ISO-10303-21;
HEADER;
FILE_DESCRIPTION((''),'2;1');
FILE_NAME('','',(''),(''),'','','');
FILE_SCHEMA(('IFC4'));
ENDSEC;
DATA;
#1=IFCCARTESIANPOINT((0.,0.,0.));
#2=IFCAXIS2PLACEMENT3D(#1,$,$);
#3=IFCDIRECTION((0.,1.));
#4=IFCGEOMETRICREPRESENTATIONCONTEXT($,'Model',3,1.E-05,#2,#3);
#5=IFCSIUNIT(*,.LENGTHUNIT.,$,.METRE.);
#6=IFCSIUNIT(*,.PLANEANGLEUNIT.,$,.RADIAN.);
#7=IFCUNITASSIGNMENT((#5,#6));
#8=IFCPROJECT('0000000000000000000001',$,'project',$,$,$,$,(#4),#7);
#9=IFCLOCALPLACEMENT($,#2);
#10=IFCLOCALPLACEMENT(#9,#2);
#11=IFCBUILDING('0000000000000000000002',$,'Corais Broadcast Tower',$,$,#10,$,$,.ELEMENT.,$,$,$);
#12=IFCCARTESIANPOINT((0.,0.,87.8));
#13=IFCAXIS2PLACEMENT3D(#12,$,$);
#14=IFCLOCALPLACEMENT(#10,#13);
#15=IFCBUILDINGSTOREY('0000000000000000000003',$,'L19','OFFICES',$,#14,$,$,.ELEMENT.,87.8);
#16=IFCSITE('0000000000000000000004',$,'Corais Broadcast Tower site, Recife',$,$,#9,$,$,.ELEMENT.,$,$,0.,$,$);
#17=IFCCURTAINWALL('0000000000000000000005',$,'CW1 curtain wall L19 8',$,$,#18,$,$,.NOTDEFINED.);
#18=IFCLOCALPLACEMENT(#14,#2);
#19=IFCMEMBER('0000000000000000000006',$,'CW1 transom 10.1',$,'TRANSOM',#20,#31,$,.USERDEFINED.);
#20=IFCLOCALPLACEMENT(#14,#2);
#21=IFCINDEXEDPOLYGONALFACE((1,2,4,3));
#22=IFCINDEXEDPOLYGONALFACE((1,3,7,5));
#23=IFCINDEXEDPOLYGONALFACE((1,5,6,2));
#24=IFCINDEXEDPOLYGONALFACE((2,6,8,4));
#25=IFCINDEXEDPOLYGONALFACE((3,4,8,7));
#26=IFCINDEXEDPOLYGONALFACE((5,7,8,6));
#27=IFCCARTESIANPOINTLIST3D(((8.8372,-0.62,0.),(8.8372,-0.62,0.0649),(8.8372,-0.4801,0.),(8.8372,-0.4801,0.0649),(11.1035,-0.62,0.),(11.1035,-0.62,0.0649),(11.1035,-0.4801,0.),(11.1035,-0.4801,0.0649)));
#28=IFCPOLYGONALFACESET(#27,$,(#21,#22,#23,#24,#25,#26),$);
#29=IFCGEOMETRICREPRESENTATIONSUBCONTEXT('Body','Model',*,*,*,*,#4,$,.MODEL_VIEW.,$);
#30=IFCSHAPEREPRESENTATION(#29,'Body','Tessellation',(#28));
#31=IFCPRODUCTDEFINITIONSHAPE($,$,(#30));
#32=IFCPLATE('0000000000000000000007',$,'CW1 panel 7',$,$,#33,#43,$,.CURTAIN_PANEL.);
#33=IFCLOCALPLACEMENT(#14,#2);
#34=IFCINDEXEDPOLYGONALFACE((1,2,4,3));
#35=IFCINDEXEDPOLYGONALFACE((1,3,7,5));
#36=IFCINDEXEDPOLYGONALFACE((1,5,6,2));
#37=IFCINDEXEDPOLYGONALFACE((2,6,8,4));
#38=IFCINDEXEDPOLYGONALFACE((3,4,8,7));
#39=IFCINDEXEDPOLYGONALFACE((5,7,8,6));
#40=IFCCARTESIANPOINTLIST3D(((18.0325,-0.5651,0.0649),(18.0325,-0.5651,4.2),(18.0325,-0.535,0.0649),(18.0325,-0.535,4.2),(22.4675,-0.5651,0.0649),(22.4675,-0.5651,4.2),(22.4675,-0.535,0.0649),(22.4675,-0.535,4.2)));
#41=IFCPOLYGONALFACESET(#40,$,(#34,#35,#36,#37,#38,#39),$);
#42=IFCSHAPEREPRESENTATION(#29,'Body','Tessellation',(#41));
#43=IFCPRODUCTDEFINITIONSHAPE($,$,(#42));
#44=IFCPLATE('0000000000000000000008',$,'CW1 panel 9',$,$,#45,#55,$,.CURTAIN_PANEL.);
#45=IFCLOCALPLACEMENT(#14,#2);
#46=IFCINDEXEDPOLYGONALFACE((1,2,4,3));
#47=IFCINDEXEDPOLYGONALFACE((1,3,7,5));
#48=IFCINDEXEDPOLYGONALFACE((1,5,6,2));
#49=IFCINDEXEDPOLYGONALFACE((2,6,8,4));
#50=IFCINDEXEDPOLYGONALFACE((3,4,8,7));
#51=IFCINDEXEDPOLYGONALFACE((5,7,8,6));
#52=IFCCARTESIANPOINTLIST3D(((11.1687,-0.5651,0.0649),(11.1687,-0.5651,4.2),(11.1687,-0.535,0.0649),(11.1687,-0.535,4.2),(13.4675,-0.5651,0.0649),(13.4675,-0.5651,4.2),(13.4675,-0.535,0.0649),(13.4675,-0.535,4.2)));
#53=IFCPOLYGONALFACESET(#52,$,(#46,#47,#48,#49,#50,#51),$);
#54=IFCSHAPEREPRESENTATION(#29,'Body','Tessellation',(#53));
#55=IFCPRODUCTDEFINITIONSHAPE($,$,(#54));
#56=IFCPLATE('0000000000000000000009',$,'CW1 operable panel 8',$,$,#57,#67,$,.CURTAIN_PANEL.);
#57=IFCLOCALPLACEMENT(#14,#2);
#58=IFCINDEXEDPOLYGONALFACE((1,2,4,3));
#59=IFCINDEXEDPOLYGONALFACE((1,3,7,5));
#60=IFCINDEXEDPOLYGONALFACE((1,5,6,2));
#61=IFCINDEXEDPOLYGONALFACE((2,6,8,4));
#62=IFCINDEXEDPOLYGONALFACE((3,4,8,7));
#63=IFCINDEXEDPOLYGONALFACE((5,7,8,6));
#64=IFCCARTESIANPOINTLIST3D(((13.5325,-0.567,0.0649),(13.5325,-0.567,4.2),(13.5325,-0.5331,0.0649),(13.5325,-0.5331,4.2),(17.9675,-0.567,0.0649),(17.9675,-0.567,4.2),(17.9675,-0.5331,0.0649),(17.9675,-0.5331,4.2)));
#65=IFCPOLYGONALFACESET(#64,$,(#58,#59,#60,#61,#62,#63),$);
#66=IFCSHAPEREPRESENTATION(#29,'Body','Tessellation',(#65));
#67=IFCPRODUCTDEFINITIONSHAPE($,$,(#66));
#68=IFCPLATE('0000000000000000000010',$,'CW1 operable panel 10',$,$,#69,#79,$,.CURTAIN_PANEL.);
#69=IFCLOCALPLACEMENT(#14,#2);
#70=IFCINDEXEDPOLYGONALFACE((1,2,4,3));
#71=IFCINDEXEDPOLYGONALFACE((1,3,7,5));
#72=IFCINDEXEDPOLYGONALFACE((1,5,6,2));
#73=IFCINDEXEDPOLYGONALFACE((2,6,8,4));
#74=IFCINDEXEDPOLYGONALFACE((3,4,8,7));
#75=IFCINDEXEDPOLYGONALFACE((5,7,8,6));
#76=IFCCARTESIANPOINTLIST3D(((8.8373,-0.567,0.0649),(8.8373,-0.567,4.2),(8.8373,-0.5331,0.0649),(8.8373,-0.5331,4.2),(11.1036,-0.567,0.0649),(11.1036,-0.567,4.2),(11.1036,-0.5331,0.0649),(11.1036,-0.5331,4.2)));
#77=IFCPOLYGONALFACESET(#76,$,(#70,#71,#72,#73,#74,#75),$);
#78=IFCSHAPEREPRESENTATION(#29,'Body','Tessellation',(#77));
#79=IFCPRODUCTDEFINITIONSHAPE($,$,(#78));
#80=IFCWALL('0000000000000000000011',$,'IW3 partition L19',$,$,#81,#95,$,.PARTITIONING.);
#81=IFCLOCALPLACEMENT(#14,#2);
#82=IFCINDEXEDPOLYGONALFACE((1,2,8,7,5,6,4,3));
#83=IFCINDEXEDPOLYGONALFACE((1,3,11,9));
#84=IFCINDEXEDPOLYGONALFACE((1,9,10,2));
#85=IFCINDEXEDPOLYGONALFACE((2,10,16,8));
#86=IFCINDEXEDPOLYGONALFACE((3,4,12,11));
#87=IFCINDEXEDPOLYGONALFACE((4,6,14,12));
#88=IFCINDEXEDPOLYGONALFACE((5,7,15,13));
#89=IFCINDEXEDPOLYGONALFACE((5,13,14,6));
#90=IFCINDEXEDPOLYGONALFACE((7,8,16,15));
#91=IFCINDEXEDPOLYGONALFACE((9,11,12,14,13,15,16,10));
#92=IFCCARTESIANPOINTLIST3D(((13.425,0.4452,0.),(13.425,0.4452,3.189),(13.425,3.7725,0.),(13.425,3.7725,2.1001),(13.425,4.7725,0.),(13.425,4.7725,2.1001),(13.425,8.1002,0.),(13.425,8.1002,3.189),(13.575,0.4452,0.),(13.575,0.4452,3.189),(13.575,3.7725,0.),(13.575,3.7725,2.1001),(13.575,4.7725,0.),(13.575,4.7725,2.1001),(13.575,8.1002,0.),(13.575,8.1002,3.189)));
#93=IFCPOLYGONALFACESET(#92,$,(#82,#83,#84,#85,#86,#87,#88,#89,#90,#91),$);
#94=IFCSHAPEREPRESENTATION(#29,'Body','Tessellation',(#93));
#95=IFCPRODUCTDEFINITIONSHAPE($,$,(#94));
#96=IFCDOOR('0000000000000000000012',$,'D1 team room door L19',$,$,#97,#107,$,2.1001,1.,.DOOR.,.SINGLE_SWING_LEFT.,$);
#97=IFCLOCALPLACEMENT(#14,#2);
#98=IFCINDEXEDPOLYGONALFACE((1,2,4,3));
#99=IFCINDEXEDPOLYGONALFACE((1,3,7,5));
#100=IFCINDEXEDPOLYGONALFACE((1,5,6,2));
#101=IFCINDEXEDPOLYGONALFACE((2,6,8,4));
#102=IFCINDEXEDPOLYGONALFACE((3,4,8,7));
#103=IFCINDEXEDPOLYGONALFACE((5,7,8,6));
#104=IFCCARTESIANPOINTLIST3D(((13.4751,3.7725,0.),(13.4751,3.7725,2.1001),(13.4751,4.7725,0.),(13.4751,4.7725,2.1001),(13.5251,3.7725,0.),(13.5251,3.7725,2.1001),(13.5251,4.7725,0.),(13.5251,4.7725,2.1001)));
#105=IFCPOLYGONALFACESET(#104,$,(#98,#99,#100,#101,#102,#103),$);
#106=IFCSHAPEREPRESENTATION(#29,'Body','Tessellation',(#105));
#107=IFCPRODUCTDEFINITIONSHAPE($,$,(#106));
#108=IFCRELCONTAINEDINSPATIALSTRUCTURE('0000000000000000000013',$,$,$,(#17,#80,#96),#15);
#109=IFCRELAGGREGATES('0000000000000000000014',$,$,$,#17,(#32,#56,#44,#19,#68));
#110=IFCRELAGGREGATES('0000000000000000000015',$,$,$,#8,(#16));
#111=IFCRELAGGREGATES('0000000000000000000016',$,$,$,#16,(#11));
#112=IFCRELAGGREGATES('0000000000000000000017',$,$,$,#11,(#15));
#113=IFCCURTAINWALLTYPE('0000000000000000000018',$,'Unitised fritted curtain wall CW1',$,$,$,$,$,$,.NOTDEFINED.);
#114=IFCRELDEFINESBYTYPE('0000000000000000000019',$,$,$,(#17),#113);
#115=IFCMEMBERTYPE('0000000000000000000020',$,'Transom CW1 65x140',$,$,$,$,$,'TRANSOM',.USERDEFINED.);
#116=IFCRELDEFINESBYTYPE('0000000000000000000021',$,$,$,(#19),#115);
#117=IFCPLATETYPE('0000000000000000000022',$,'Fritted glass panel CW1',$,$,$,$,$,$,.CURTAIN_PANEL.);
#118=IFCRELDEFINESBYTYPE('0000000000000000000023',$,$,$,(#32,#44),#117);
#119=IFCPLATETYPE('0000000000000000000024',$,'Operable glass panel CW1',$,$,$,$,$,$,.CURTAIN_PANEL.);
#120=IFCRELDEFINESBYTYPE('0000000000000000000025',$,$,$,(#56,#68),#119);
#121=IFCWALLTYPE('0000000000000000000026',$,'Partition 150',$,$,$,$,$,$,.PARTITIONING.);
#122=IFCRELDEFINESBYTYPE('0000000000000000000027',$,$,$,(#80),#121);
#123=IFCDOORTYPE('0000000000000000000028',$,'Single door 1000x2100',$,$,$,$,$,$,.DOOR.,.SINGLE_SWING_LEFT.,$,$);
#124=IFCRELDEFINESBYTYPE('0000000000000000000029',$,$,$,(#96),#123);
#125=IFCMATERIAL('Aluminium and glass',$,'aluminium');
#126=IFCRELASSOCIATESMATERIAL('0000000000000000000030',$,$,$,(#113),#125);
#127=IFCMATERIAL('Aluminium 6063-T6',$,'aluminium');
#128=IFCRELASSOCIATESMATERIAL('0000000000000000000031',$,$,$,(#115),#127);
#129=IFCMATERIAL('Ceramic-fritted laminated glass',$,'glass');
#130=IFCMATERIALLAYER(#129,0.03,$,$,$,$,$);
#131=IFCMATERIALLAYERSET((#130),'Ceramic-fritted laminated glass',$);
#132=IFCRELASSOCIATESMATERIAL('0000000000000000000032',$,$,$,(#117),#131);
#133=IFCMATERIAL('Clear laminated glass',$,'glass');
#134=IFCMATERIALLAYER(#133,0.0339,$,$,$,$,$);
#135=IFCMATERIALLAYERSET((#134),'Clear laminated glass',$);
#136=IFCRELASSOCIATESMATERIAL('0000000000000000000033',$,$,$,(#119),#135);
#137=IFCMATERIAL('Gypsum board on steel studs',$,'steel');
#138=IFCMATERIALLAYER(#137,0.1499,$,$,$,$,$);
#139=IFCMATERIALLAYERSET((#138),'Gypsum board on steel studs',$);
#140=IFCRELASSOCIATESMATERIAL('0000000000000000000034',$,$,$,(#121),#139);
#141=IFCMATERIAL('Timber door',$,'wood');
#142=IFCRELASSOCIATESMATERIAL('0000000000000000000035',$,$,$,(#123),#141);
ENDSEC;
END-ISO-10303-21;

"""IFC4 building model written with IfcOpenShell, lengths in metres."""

from ifc_helpers import new_model, si_unit, direction, frame, frame_2d, origin, origin_2d, place, context, subcontext, project, spatial, rectangle, extrude, material, layer, layer_set, material_profile, profile_set, type_object, element, fill, aggregate, save


model = new_model("IFC4")

# Units and contexts
model_context = context("Model", 3, precision=1e-05, world=origin(), true_north=direction((0.0, 1.0)))
body_context = subcontext(model_context, "Body", "Model", "MODEL_VIEW")
ifc_project = project(units=[si_unit("LENGTHUNIT", "METRE"), si_unit("PLANEANGLEUNIT", "RADIAN")], contexts=[model_context])

# Site, building, storey
site_placement = place(None, origin())
site = spatial("IfcSite", under=ifc_project, at=site_placement, Name="Corais Broadcast Tower site, Recife", CompositionType="ELEMENT", RefElevation=0.0)
building_placement = place(site_placement, origin())
building = spatial("IfcBuilding", under=site, at=building_placement, Name="Corais Broadcast Tower", CompositionType="ELEMENT")
storey_placement = place(building_placement, frame((0.0, 0.0, 87.8)))
storey = spatial("IfcBuildingStorey", under=building, at=storey_placement, Name="L19", Description="OFFICES", CompositionType="ELEMENT", Elevation=87.8)

# Shared definitions
ifc_material_1 = material(Name="Aluminium and glass", Category="aluminium")
curtain_wall_type = type_object("IfcCurtainWallType", Name="Unitised fritted curtain wall CW1", PredefinedType="NOTDEFINED", material=ifc_material_1)

# Curtain wall
curtain_wall_1_placement = place(storey_placement, origin())
curtain_wall_1 = element("IfcCurtainWall", 1, at=curtain_wall_1_placement, inside=storey, type_object=curtain_wall_type, Name="CW1 curtain wall L19 8", PredefinedType="NOTDEFINED")

# Member
ifc_material_2 = material(Name="Aluminium 6063-T6", Category="aluminium")
ifc_material_profile_1 = material_profile(ifc_material_2, rectangle(XDim=0.1399, YDim=0.0649, at=origin_2d()), Name="Transom CW1 65x140")
ifc_profile_set_1 = profile_set([ifc_material_profile_1], Name="Aluminium 6063-T6")
member_type_1 = type_object("IfcMemberType", Name="Transom CW1 65x140", ElementType="TRANSOM", PredefinedType="USERDEFINED", material=ifc_profile_set_1)
member_1_placement = place(storey_placement, frame((11.1035, -0.55, 0.0325), z_axis=(-1.0, 0.0, 0.0), x_axis=(0.0, -1.0, 0.0)))
member_1 = element("IfcMember", 2, at=member_1_placement, type_object=member_type_1, Name="CW1 transom 10.1", ObjectType="TRANSOM", PredefinedType="USERDEFINED", context=body_context, shape_type="SweptSolid", body=[
    extrude(rectangle(XDim=0.1399, YDim=0.0649, at=origin_2d()), origin(), (0.0, 0.0, 1.0), 2.2664),
])

# Plates
ifc_material_3 = material(Name="Ceramic-fritted laminated glass", Category="glass")
ifc_layer_1 = layer(ifc_material_3, 0.03)
ifc_layer_set_1 = layer_set([ifc_layer_1], Name="Ceramic-fritted laminated glass")
plate_type_1 = type_object("IfcPlateType", Name="Fritted glass panel CW1", PredefinedType="CURTAIN_PANEL", material=ifc_layer_set_1)
plate_1_placement = place(storey_placement, frame((20.25, -0.55, 0.0649), z_axis=(0.0, 0.0, 1.0), x_axis=(-1.0, 0.0, 0.0)))
plate_1 = element("IfcPlate", 3, at=plate_1_placement, type_object=plate_type_1, Name="CW1 panel 7", PredefinedType="CURTAIN_PANEL", context=body_context, shape_type="SweptSolid", body=[
    extrude(rectangle(XDim=4.4351, YDim=0.03, at=origin_2d()), origin(), (0.0, 0.0, 1.0), 4.135),
])
plate_2_placement = place(storey_placement, frame((12.3181, -0.55, 0.0649), z_axis=(0.0, 0.0, 1.0), x_axis=(-1.0, 0.0, 0.0)))
plate_2 = element("IfcPlate", 4, at=plate_2_placement, type_object=plate_type_1, Name="CW1 panel 9", PredefinedType="CURTAIN_PANEL", context=body_context, shape_type="SweptSolid", body=[
    extrude(rectangle(XDim=2.2988, YDim=0.03, at=origin_2d()), origin(), (0.0, 0.0, 1.0), 4.135),
])
ifc_material_4 = material(Name="Clear laminated glass", Category="glass")
ifc_layer_2 = layer(ifc_material_4, 0.0339)
ifc_layer_set_2 = layer_set([ifc_layer_2], Name="Clear laminated glass")
plate_type_2 = type_object("IfcPlateType", Name="Operable glass panel CW1", PredefinedType="CURTAIN_PANEL", material=ifc_layer_set_2)
plate_3_placement = place(storey_placement, frame((15.75, -0.55, 0.0649), z_axis=(0.0, 0.0, 1.0), x_axis=(-1.0, 0.0, 0.0)))
plate_3 = element("IfcPlate", 5, at=plate_3_placement, type_object=plate_type_2, Name="CW1 operable panel 8", PredefinedType="CURTAIN_PANEL", context=body_context, shape_type="SweptSolid", body=[
    extrude(rectangle(XDim=4.4351, YDim=0.0339, at=origin_2d()), origin(), (0.0, 0.0, 1.0), 4.135),
])
plate_4_placement = place(storey_placement, frame((9.9705, -0.55, 0.0649), z_axis=(0.0, 0.0, 1.0), x_axis=(-1.0, 0.0, 0.0)))
plate_4 = element("IfcPlate", 6, at=plate_4_placement, type_object=plate_type_2, Name="CW1 operable panel 10", PredefinedType="CURTAIN_PANEL", context=body_context, shape_type="SweptSolid", body=[
    extrude(rectangle(XDim=2.2664, YDim=0.0339, at=origin_2d()), origin(), (0.0, 0.0, 1.0), 4.135),
])
aggregate(curtain_wall_1, [plate_1, plate_3, plate_2, member_1, plate_4])

# Wall, opening, door
ifc_material_5 = material(Name="Gypsum board on steel studs", Category="steel")
ifc_layer_3 = layer(ifc_material_5, 0.1499)
ifc_layer_set_3 = layer_set([ifc_layer_3], Name="Gypsum board on steel studs")
wall_type = type_object("IfcWallType", Name="Partition 150", PredefinedType="PARTITIONING", material=ifc_layer_set_3)
wall_placement = place(storey_placement, frame((13.5, 0.4451, 0.0), z_axis=(0.0, 0.0, 1.0), x_axis=(0.0, 1.0, 0.0)))
wall = element("IfcWall", 7, at=wall_placement, inside=storey, type_object=wall_type, Name="IW3 partition L19", PredefinedType="PARTITIONING", context=body_context, shape_type="SweptSolid", body=[
    extrude(rectangle(XDim=7.655, YDim=0.1499, at=frame_2d((3.8276, 0.0))), origin(), (0.0, 0.0, 1.0), 3.189),
])
opening_placement = place(wall_placement, frame((3.3274, 0.0, 0.0)))
opening = element("IfcOpeningElement", 8, at=opening_placement, cuts=wall, PredefinedType="OPENING", context=body_context, shape_type="SweptSolid", body=[
    extrude(rectangle(XDim=1.0, YDim=2.1001, at=frame_2d((0.5, 1.05))), frame((0.0, 0.085, 0.0), z_axis=(0.0, -1.0, 0.0), x_axis=(1.0, 0.0, 0.0)), (0.0, 0.0, 1.0), 0.1699),
])
ifc_material_6 = material(Name="Timber door", Category="wood")
door_type = type_object("IfcDoorType", Name="Single door 1000x2100", OperationType="SINGLE_SWING_LEFT", PredefinedType="DOOR", material=ifc_material_6)
door_placement = place(opening_placement, origin())
door = element("IfcDoor", 9, at=door_placement, inside=storey, type_object=door_type, Name="D1 team room door L19", OperationType="SINGLE_SWING_LEFT", OverallHeight=2.1001, OverallWidth=1.0, PredefinedType="DOOR", context=body_context, shape_type="SweptSolid", body=[
    extrude(rectangle(XDim=1.0, YDim=2.1001, at=frame_2d((0.5, 1.05))), frame((0.0, 0.0249, 0.0), z_axis=(0.0, -1.0, 0.0), x_axis=(1.0, 0.0, 0.0)), (0.0, 0.0, 1.0), 0.05),
])
fill(opening, door)

save(model, "model.ifc")
